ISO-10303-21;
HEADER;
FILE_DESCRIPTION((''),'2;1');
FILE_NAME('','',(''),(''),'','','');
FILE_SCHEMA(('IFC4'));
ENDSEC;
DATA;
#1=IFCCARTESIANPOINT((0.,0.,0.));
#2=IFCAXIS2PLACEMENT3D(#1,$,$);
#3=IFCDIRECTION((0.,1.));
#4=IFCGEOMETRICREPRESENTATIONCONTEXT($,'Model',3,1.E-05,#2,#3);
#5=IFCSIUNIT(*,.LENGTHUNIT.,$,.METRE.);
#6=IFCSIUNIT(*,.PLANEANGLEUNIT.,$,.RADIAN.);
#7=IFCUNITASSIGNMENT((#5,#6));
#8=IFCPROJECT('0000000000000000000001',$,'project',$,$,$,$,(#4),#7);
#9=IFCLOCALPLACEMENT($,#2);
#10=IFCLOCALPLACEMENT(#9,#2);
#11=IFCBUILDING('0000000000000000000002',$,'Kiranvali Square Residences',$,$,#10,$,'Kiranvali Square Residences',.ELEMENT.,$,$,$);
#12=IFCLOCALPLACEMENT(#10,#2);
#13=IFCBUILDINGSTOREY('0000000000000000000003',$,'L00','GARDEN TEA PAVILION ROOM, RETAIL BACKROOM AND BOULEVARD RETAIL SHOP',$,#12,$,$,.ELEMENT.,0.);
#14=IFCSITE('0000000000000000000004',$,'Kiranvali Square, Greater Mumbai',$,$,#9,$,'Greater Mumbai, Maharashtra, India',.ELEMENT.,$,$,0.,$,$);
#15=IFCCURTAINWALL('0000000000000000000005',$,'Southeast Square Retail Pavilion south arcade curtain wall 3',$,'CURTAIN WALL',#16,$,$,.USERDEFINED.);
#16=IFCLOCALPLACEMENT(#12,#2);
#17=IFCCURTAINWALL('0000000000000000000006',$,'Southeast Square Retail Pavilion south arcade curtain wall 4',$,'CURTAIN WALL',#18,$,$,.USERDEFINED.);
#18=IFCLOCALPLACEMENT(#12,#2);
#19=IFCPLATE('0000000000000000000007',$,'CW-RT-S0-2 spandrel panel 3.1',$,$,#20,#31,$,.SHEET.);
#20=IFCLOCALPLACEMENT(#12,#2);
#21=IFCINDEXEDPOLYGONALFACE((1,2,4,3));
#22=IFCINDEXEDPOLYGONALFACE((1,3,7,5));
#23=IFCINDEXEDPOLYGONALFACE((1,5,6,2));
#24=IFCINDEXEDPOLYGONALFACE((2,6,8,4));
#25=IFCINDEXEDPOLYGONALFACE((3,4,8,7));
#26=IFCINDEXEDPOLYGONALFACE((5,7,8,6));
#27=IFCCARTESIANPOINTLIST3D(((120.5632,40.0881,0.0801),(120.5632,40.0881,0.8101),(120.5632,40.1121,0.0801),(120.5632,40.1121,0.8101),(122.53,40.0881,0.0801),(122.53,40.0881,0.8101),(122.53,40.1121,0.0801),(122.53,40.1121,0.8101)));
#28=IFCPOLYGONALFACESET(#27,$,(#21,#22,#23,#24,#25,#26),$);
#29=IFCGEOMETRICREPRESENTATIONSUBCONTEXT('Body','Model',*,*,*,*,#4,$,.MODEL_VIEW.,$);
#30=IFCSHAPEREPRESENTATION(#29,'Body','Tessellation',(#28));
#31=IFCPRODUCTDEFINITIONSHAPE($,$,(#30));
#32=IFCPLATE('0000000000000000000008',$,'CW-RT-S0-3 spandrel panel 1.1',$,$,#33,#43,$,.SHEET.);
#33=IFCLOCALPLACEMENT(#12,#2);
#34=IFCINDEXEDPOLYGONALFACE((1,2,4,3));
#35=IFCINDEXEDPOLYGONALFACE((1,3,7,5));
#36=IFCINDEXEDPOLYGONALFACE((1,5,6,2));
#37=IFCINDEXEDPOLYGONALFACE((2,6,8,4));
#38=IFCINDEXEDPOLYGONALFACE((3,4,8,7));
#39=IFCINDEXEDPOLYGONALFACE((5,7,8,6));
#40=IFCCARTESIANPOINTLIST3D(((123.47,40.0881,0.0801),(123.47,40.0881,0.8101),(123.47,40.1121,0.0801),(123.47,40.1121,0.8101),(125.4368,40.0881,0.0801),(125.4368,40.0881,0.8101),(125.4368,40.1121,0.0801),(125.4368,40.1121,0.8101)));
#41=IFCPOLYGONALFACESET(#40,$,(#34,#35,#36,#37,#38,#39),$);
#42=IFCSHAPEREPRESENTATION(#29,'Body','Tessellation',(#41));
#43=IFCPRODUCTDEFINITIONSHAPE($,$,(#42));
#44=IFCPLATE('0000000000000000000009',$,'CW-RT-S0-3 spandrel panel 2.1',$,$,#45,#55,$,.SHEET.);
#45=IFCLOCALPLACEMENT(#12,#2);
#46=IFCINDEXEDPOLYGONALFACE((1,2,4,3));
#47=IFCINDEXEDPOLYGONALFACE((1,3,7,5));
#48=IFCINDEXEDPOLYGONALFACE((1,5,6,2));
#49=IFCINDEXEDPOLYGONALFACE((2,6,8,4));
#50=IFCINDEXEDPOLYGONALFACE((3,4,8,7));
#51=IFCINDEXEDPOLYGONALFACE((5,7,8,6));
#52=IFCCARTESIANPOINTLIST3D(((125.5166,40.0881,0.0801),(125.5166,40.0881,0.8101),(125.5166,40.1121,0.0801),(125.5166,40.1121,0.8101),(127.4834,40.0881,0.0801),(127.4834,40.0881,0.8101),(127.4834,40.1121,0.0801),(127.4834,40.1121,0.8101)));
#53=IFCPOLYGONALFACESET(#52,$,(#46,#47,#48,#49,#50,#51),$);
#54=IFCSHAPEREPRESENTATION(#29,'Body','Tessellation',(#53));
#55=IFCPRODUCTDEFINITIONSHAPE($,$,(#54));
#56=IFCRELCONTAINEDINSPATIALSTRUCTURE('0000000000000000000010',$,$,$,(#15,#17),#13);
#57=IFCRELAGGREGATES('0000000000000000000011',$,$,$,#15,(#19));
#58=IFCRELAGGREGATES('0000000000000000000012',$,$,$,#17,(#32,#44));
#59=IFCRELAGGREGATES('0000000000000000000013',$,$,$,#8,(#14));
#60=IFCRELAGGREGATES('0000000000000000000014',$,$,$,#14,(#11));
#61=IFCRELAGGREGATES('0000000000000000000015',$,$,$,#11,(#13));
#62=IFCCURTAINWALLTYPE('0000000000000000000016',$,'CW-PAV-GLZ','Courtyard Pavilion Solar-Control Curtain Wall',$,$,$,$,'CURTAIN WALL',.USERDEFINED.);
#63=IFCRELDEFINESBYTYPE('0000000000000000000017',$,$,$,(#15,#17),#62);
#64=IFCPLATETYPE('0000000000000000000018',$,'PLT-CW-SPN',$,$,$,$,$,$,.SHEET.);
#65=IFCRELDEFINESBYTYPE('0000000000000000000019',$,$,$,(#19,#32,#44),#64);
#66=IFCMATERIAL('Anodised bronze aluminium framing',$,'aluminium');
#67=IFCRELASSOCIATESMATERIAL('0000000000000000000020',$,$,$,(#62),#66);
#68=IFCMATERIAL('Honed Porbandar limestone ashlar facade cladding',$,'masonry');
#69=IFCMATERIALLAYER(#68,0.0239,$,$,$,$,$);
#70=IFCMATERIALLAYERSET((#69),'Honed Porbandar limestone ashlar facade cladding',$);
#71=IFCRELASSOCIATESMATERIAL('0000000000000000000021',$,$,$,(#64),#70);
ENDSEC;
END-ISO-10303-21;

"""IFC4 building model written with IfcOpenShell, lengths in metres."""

from ifc_helpers import new_model, si_unit, direction, frame, origin, origin_2d, place, context, subcontext, project, spatial, rectangle, extrude, material, layer, layer_set, type_object, element, aggregate, save


model = new_model("IFC4")

# Units and contexts
model_context = context("Model", 3, precision=1e-05, world=origin(), true_north=direction((0.0, 1.0)))
body_context = subcontext(model_context, "Body", "Model", "MODEL_VIEW")
ifc_project = project(units=[si_unit("LENGTHUNIT", "METRE"), si_unit("PLANEANGLEUNIT", "RADIAN")], contexts=[model_context])

# Site, building, storey
site_placement = place(None, origin())
site = spatial("IfcSite", under=ifc_project, at=site_placement, Name="Kiranvali Square, Greater Mumbai", LongName="Greater Mumbai, Maharashtra, India", CompositionType="ELEMENT", RefElevation=0.0)
building_placement = place(site_placement, origin())
building = spatial("IfcBuilding", under=site, at=building_placement, Name="Kiranvali Square Residences", LongName="Kiranvali Square Residences", CompositionType="ELEMENT")
storey_placement = place(building_placement, origin())
storey = spatial("IfcBuildingStorey", under=building, at=storey_placement, Name="L00", Description="GARDEN TEA PAVILION ROOM, RETAIL BACKROOM AND BOULEVARD RETAIL SHOP", CompositionType="ELEMENT", Elevation=0.0)

# Curtain walls
ifc_material_1 = material(Name="Anodised bronze aluminium framing", Category="aluminium")
curtain_wall_type = type_object("IfcCurtainWallType", Name="CW-PAV-GLZ", Description="Courtyard Pavilion Solar-Control Curtain Wall", ElementType="CURTAIN WALL", PredefinedType="USERDEFINED", material=ifc_material_1)
curtain_wall_1_placement = place(storey_placement, origin())
curtain_wall_1 = element("IfcCurtainWall", 1, at=curtain_wall_1_placement, inside=storey, type_object=curtain_wall_type, Name="Southeast Square Retail Pavilion south arcade curtain wall 3", ObjectType="CURTAIN WALL", PredefinedType="USERDEFINED")
curtain_wall_2_placement = place(storey_placement, origin())
curtain_wall_2 = element("IfcCurtainWall", 2, at=curtain_wall_2_placement, inside=storey, type_object=curtain_wall_type, Name="Southeast Square Retail Pavilion south arcade curtain wall 4", ObjectType="CURTAIN WALL", PredefinedType="USERDEFINED")

# Plates
ifc_material_2 = material(Name="Honed Porbandar limestone ashlar facade cladding", Category="masonry")
ifc_layer_1 = layer(ifc_material_2, 0.0239)
ifc_layer_set_1 = layer_set([ifc_layer_1], Name="Honed Porbandar limestone ashlar facade cladding")
plate_type_1 = type_object("IfcPlateType", Name="PLT-CW-SPN", PredefinedType="SHEET", material=ifc_layer_set_1)
plate_1_placement = place(storey_placement, frame((121.5466, 40.1001, 0.0801), z_axis=(0.0, 0.0, 1.0), x_axis=(1.0, 0.0, 0.0)))
plate_1 = element("IfcPlate", 3, at=plate_1_placement, type_object=plate_type_1, Name="CW-RT-S0-2 spandrel panel 3.1", PredefinedType="SHEET", context=body_context, shape_type="SweptSolid", body=[
    extrude(rectangle(XDim=1.9668, YDim=0.0239, at=origin_2d()), origin(), (0.0, 0.0, 1.0), 0.73),
])
aggregate(curtain_wall_1, [plate_1])
plate_2_placement = place(storey_placement, frame((124.4534, 40.1001, 0.0801), z_axis=(0.0, 0.0, 1.0), x_axis=(1.0, 0.0, 0.0)))
plate_2 = element("IfcPlate", 4, at=plate_2_placement, type_object=plate_type_1, Name="CW-RT-S0-3 spandrel panel 1.1", PredefinedType="SHEET", context=body_context, shape_type="SweptSolid", body=[
    extrude(rectangle(XDim=1.9668, YDim=0.0239, at=origin_2d()), origin(), (0.0, 0.0, 1.0), 0.73),
])
plate_3_placement = place(storey_placement, frame((126.5, 40.1001, 0.0801), z_axis=(0.0, 0.0, 1.0), x_axis=(1.0, 0.0, 0.0)))
plate_3 = element("IfcPlate", 5, at=plate_3_placement, type_object=plate_type_1, Name="CW-RT-S0-3 spandrel panel 2.1", PredefinedType="SHEET", context=body_context, shape_type="SweptSolid", body=[
    extrude(rectangle(XDim=1.9668, YDim=0.0239, at=origin_2d()), origin(), (0.0, 0.0, 1.0), 0.73),
])
aggregate(curtain_wall_2, [plate_2, plate_3])

save(model, "model.ifc")
